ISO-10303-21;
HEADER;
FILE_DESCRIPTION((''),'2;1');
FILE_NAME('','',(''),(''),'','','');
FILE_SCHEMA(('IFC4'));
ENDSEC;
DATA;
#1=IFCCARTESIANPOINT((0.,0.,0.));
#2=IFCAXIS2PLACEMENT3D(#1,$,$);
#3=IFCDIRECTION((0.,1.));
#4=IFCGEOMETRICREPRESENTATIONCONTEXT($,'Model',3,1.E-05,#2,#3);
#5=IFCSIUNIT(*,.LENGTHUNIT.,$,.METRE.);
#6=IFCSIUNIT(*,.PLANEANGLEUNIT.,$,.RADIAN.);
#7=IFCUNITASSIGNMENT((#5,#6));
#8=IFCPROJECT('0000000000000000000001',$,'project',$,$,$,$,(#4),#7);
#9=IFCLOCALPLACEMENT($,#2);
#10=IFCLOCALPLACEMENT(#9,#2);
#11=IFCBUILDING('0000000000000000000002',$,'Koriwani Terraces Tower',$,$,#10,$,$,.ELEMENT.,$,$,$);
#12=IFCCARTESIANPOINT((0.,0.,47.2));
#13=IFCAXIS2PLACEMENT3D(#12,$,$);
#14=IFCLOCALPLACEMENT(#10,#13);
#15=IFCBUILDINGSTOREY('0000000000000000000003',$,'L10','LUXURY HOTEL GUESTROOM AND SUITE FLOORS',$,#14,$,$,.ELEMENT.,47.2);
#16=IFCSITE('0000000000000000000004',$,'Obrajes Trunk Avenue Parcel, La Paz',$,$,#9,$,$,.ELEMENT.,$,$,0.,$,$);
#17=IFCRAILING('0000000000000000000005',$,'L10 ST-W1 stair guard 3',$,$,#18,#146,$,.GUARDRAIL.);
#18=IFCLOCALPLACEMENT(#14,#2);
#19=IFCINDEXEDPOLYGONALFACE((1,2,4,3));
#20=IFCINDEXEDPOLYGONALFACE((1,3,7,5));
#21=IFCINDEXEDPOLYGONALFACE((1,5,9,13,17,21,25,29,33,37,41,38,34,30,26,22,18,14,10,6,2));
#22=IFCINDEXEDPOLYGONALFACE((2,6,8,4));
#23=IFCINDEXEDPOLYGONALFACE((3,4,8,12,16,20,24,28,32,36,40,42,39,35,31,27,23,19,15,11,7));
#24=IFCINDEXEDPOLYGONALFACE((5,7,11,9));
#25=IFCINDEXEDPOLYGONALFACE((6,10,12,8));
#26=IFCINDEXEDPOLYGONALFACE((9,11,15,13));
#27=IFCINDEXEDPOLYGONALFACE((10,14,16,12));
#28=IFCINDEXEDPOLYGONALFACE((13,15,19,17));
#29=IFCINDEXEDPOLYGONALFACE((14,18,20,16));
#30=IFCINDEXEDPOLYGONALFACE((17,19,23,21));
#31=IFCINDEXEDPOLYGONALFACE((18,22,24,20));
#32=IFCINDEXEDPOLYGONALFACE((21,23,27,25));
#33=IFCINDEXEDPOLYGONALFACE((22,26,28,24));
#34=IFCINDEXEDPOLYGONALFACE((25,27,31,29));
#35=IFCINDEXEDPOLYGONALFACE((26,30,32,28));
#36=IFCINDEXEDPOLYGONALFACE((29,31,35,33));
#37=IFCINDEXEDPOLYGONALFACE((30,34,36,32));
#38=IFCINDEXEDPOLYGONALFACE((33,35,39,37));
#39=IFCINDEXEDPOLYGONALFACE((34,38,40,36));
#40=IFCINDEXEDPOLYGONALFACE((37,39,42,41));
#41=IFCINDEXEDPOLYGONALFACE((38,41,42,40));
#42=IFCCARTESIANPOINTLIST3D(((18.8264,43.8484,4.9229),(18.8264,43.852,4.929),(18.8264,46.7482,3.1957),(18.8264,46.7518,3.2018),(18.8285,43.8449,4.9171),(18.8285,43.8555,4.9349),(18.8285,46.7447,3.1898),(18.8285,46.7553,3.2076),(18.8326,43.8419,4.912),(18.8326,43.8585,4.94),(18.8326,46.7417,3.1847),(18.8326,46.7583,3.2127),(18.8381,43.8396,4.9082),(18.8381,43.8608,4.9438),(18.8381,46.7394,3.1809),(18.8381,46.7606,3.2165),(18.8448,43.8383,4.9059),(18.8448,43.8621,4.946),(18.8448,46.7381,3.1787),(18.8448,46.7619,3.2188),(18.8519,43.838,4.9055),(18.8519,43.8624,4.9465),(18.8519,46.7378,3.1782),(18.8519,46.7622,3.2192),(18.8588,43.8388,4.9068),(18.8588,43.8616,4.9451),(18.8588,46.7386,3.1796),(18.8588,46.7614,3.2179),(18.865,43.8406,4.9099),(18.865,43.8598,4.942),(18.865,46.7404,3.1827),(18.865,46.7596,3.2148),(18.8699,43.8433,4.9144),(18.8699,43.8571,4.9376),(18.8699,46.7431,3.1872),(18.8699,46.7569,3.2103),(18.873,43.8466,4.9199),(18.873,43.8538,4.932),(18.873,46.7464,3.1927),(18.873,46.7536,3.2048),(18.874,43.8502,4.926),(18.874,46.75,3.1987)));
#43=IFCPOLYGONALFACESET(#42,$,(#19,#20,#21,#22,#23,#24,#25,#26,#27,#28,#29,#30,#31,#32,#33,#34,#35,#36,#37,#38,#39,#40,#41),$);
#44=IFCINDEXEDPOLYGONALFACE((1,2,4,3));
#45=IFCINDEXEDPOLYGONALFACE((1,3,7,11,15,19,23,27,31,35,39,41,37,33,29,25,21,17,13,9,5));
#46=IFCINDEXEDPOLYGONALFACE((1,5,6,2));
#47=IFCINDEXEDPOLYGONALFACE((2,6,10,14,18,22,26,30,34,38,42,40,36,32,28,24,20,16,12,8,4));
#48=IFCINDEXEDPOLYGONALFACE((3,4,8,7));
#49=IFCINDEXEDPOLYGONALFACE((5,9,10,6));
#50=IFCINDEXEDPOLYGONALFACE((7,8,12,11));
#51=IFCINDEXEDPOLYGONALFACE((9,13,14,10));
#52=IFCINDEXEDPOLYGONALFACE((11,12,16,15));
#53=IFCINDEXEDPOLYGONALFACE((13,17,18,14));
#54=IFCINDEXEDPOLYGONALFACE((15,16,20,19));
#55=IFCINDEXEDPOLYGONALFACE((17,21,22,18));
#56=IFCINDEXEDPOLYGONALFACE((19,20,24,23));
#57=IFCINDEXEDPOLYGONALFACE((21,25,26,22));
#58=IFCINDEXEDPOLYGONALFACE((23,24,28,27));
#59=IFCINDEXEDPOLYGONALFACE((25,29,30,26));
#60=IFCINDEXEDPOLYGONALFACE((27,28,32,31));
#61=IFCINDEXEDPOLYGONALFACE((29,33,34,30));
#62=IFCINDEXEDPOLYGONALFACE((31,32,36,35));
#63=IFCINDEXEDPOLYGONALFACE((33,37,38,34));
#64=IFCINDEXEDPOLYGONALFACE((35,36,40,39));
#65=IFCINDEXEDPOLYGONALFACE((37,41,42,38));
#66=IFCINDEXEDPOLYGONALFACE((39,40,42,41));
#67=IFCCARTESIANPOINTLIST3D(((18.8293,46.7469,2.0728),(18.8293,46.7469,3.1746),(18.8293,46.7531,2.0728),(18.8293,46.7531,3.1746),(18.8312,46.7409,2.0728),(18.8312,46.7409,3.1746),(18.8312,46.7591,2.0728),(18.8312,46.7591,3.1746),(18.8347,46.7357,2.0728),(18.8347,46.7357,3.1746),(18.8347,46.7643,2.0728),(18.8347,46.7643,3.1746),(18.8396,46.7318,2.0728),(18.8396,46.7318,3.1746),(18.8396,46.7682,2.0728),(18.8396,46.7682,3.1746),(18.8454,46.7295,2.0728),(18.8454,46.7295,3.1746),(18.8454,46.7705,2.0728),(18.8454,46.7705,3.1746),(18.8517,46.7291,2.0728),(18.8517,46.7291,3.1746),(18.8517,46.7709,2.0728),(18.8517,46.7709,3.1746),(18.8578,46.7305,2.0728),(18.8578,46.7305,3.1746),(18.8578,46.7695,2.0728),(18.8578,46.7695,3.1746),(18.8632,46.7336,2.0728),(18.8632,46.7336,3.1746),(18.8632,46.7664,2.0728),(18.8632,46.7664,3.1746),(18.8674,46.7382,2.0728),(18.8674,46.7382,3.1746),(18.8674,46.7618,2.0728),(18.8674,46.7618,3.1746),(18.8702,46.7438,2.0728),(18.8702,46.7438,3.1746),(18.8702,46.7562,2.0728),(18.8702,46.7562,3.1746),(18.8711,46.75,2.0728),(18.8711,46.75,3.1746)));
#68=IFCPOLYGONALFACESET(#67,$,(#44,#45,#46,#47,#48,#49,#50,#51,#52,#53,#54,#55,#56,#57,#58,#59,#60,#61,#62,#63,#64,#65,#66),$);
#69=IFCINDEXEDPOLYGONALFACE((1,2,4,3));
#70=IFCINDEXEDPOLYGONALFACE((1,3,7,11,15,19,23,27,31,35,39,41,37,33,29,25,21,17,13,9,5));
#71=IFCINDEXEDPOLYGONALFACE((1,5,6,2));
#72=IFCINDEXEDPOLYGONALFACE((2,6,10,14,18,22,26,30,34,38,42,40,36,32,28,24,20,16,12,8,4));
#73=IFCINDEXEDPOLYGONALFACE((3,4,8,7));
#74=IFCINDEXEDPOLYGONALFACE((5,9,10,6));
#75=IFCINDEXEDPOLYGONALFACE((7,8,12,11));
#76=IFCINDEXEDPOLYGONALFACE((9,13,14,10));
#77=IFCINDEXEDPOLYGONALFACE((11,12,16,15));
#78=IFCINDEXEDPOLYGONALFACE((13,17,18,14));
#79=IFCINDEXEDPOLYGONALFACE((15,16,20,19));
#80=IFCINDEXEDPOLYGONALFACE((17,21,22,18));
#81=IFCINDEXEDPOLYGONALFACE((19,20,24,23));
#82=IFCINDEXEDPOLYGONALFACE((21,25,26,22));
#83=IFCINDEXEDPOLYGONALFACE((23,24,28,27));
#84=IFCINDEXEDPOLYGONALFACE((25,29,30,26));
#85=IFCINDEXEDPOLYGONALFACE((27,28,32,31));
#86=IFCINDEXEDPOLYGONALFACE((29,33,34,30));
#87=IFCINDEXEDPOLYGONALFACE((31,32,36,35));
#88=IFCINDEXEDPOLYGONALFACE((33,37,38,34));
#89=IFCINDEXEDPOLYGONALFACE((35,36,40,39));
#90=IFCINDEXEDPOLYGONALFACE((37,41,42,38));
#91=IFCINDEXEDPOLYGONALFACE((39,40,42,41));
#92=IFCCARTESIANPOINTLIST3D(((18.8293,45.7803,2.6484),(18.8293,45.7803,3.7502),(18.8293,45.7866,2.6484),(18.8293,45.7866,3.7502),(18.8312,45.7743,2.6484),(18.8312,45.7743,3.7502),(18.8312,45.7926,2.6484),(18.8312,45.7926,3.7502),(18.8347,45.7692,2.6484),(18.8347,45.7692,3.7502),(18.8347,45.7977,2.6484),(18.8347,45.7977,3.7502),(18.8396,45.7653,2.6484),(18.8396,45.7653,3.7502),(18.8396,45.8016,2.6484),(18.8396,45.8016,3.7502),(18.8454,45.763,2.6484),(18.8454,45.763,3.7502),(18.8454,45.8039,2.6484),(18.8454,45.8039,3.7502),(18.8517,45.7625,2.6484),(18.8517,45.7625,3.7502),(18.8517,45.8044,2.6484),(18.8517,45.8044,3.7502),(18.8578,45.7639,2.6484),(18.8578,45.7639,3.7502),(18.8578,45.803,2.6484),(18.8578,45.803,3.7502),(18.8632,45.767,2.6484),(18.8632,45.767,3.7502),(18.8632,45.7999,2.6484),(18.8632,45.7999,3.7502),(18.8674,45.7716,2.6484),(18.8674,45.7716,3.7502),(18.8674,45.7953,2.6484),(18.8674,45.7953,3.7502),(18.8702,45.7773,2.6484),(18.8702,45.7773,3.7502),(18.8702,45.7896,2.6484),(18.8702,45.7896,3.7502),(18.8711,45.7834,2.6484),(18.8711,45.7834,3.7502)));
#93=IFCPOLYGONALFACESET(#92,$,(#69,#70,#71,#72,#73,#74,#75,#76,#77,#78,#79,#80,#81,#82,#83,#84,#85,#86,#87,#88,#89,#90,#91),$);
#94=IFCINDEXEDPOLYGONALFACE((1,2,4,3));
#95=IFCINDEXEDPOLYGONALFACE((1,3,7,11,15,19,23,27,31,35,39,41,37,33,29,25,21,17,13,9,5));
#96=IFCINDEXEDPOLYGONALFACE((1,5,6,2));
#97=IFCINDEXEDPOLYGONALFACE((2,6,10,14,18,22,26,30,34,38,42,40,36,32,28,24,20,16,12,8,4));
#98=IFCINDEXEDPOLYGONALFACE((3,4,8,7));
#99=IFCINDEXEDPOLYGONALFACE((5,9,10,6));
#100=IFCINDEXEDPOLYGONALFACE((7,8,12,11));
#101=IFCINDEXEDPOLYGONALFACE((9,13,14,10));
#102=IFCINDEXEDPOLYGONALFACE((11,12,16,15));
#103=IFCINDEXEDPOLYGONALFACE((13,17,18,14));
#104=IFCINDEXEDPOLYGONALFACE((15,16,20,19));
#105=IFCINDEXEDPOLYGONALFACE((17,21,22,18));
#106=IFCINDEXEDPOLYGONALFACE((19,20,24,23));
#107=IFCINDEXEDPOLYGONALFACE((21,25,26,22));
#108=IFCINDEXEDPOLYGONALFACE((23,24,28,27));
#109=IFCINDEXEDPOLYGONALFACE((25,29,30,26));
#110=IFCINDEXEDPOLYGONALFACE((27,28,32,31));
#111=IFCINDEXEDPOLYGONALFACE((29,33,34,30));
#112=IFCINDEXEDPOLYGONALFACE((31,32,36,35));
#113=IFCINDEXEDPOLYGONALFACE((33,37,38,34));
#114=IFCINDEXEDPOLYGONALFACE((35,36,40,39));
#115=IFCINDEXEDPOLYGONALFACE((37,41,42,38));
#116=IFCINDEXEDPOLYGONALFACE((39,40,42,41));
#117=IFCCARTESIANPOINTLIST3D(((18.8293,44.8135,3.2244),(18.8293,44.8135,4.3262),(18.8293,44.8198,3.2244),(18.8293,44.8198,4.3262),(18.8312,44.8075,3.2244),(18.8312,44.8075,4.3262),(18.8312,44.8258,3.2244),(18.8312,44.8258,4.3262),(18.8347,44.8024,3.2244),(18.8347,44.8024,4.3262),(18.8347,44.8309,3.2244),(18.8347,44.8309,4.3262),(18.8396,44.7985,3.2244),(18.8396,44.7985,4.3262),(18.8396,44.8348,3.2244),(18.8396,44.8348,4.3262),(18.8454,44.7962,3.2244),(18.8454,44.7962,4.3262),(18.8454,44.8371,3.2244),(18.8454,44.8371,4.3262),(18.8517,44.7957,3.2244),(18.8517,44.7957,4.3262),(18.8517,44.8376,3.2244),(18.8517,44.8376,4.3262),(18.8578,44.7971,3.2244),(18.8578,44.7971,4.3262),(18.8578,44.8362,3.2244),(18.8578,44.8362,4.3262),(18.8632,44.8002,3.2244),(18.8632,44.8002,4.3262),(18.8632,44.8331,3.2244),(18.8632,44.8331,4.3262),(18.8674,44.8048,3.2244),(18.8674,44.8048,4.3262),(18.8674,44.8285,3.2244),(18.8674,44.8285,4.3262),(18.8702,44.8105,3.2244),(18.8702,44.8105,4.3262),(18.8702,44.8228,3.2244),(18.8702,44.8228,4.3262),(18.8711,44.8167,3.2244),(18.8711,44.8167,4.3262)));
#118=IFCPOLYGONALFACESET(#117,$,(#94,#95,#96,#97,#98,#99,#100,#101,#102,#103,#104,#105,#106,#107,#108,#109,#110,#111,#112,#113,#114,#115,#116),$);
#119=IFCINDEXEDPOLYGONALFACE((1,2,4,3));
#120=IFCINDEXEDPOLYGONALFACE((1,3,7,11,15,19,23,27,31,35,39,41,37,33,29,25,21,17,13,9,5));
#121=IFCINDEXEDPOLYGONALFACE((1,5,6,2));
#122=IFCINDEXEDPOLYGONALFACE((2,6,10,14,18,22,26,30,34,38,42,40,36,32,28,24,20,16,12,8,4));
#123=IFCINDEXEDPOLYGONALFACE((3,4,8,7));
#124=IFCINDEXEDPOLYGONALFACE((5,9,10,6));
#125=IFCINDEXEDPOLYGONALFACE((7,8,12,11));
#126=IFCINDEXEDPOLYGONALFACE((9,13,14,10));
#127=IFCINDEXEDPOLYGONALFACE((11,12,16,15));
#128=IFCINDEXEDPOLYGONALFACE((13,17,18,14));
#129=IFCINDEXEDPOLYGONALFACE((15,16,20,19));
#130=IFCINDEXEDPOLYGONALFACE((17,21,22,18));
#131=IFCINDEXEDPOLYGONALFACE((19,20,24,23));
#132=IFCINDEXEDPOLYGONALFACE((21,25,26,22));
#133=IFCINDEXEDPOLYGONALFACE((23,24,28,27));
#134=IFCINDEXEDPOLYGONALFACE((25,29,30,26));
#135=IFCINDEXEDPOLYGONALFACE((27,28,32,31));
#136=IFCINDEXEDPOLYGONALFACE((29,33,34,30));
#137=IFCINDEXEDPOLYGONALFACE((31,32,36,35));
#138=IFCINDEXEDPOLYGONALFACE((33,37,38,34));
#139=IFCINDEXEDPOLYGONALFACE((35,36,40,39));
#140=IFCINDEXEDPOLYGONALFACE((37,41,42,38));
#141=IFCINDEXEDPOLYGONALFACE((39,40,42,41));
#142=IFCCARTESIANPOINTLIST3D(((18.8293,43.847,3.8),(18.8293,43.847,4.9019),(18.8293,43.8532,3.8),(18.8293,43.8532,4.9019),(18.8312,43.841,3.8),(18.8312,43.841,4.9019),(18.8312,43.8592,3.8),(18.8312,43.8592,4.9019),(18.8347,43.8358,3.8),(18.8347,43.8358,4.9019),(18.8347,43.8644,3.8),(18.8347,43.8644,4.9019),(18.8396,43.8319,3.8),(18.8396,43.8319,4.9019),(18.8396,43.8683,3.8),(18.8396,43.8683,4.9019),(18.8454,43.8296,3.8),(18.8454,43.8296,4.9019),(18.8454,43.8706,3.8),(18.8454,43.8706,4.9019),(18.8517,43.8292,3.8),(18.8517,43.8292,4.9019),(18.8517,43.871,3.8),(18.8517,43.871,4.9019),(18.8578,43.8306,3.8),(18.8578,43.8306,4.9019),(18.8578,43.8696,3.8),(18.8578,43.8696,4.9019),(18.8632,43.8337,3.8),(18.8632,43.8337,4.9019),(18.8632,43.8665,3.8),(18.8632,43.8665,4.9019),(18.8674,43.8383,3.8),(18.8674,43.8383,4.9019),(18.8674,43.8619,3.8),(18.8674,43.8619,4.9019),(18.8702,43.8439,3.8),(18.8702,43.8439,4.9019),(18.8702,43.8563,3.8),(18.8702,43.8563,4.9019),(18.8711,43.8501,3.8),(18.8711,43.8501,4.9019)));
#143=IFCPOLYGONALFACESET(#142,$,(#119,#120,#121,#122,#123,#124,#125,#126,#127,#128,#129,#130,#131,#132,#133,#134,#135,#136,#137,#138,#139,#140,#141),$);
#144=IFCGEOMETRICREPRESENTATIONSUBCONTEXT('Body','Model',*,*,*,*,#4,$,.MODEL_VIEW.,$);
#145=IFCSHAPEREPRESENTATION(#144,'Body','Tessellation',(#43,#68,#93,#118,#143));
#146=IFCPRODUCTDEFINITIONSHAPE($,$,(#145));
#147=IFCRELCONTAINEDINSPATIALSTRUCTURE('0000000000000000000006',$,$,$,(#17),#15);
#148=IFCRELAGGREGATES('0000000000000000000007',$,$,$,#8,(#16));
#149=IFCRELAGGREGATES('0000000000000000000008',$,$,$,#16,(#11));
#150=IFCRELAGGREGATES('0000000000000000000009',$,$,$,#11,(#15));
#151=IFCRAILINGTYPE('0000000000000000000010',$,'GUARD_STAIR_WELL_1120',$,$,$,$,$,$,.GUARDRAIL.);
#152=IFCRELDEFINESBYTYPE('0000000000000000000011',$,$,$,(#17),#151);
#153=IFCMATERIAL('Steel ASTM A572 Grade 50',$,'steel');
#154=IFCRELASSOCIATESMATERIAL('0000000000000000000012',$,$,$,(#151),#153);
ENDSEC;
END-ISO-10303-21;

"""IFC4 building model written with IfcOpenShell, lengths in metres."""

from ifc_helpers import new_model, si_unit, direction, frame, origin, origin_2d, place, context, subcontext, project, spatial, circle, extrude, material, type_object, element, save


model = new_model("IFC4")

# Units and contexts
model_context = context("Model", 3, precision=1e-05, world=origin(), true_north=direction((0.0, 1.0)))
body_context = subcontext(model_context, "Body", "Model", "MODEL_VIEW")
ifc_project = project(units=[si_unit("LENGTHUNIT", "METRE"), si_unit("PLANEANGLEUNIT", "RADIAN")], contexts=[model_context])

# Site, building, storey
site_placement = place(None, origin())
site = spatial("IfcSite", under=ifc_project, at=site_placement, Name="Obrajes Trunk Avenue Parcel, La Paz", CompositionType="ELEMENT", RefElevation=0.0)
building_placement = place(site_placement, origin())
building = spatial("IfcBuilding", under=site, at=building_placement, Name="Koriwani Terraces Tower", CompositionType="ELEMENT")
storey_placement = place(building_placement, frame((0.0, 0.0, 47.2)))
storey = spatial("IfcBuildingStorey", under=building, at=storey_placement, Name="L10", Description="LUXURY HOTEL GUESTROOM AND SUITE FLOORS", CompositionType="ELEMENT", Elevation=47.2)

# Shared definitions
ifc_material_1 = material(Name="Steel ASTM A572 Grade 50", Category="steel")

# Railing
railing_type_1 = type_object("IfcRailingType", Name="GUARD_STAIR_WELL_1120", PredefinedType="GUARDRAIL", material=ifc_material_1)
railing_1_placement = place(storey_placement, frame((18.8501, 46.75, 2.0728)))
element("IfcRailing", 1, at=railing_1_placement, inside=storey, type_object=railing_type_1, Name="L10 ST-W1 stair guard 3", PredefinedType="GUARDRAIL", context=body_context, shape_type="SweptSolid", body=[
    extrude(circle(Radius=0.0239, at=origin_2d()), frame((0.0, 0.0, 1.126), z_axis=(0.0, -0.859141, 0.511738), x_axis=(1.0, 0.0, 0.0)), (0.0, 0.0, 1.0), 3.3752),
    extrude(circle(Radius=0.021, at=origin_2d()), origin(), (0.0, 0.0, 1.0), 1.1018),
    extrude(circle(Radius=0.021, at=origin_2d()), frame((0.0, -0.9666, 0.5757)), (0.0, 0.0, 1.0), 1.1018),
    extrude(circle(Radius=0.021, at=origin_2d()), frame((0.0, -1.9333, 1.1516)), (0.0, 0.0, 1.0), 1.1018),
    extrude(circle(Radius=0.021, at=origin_2d()), frame((0.0, -2.8999, 1.7273)), (0.0, 0.0, 1.0), 1.1018),
])

save(model, "model.ifc")
